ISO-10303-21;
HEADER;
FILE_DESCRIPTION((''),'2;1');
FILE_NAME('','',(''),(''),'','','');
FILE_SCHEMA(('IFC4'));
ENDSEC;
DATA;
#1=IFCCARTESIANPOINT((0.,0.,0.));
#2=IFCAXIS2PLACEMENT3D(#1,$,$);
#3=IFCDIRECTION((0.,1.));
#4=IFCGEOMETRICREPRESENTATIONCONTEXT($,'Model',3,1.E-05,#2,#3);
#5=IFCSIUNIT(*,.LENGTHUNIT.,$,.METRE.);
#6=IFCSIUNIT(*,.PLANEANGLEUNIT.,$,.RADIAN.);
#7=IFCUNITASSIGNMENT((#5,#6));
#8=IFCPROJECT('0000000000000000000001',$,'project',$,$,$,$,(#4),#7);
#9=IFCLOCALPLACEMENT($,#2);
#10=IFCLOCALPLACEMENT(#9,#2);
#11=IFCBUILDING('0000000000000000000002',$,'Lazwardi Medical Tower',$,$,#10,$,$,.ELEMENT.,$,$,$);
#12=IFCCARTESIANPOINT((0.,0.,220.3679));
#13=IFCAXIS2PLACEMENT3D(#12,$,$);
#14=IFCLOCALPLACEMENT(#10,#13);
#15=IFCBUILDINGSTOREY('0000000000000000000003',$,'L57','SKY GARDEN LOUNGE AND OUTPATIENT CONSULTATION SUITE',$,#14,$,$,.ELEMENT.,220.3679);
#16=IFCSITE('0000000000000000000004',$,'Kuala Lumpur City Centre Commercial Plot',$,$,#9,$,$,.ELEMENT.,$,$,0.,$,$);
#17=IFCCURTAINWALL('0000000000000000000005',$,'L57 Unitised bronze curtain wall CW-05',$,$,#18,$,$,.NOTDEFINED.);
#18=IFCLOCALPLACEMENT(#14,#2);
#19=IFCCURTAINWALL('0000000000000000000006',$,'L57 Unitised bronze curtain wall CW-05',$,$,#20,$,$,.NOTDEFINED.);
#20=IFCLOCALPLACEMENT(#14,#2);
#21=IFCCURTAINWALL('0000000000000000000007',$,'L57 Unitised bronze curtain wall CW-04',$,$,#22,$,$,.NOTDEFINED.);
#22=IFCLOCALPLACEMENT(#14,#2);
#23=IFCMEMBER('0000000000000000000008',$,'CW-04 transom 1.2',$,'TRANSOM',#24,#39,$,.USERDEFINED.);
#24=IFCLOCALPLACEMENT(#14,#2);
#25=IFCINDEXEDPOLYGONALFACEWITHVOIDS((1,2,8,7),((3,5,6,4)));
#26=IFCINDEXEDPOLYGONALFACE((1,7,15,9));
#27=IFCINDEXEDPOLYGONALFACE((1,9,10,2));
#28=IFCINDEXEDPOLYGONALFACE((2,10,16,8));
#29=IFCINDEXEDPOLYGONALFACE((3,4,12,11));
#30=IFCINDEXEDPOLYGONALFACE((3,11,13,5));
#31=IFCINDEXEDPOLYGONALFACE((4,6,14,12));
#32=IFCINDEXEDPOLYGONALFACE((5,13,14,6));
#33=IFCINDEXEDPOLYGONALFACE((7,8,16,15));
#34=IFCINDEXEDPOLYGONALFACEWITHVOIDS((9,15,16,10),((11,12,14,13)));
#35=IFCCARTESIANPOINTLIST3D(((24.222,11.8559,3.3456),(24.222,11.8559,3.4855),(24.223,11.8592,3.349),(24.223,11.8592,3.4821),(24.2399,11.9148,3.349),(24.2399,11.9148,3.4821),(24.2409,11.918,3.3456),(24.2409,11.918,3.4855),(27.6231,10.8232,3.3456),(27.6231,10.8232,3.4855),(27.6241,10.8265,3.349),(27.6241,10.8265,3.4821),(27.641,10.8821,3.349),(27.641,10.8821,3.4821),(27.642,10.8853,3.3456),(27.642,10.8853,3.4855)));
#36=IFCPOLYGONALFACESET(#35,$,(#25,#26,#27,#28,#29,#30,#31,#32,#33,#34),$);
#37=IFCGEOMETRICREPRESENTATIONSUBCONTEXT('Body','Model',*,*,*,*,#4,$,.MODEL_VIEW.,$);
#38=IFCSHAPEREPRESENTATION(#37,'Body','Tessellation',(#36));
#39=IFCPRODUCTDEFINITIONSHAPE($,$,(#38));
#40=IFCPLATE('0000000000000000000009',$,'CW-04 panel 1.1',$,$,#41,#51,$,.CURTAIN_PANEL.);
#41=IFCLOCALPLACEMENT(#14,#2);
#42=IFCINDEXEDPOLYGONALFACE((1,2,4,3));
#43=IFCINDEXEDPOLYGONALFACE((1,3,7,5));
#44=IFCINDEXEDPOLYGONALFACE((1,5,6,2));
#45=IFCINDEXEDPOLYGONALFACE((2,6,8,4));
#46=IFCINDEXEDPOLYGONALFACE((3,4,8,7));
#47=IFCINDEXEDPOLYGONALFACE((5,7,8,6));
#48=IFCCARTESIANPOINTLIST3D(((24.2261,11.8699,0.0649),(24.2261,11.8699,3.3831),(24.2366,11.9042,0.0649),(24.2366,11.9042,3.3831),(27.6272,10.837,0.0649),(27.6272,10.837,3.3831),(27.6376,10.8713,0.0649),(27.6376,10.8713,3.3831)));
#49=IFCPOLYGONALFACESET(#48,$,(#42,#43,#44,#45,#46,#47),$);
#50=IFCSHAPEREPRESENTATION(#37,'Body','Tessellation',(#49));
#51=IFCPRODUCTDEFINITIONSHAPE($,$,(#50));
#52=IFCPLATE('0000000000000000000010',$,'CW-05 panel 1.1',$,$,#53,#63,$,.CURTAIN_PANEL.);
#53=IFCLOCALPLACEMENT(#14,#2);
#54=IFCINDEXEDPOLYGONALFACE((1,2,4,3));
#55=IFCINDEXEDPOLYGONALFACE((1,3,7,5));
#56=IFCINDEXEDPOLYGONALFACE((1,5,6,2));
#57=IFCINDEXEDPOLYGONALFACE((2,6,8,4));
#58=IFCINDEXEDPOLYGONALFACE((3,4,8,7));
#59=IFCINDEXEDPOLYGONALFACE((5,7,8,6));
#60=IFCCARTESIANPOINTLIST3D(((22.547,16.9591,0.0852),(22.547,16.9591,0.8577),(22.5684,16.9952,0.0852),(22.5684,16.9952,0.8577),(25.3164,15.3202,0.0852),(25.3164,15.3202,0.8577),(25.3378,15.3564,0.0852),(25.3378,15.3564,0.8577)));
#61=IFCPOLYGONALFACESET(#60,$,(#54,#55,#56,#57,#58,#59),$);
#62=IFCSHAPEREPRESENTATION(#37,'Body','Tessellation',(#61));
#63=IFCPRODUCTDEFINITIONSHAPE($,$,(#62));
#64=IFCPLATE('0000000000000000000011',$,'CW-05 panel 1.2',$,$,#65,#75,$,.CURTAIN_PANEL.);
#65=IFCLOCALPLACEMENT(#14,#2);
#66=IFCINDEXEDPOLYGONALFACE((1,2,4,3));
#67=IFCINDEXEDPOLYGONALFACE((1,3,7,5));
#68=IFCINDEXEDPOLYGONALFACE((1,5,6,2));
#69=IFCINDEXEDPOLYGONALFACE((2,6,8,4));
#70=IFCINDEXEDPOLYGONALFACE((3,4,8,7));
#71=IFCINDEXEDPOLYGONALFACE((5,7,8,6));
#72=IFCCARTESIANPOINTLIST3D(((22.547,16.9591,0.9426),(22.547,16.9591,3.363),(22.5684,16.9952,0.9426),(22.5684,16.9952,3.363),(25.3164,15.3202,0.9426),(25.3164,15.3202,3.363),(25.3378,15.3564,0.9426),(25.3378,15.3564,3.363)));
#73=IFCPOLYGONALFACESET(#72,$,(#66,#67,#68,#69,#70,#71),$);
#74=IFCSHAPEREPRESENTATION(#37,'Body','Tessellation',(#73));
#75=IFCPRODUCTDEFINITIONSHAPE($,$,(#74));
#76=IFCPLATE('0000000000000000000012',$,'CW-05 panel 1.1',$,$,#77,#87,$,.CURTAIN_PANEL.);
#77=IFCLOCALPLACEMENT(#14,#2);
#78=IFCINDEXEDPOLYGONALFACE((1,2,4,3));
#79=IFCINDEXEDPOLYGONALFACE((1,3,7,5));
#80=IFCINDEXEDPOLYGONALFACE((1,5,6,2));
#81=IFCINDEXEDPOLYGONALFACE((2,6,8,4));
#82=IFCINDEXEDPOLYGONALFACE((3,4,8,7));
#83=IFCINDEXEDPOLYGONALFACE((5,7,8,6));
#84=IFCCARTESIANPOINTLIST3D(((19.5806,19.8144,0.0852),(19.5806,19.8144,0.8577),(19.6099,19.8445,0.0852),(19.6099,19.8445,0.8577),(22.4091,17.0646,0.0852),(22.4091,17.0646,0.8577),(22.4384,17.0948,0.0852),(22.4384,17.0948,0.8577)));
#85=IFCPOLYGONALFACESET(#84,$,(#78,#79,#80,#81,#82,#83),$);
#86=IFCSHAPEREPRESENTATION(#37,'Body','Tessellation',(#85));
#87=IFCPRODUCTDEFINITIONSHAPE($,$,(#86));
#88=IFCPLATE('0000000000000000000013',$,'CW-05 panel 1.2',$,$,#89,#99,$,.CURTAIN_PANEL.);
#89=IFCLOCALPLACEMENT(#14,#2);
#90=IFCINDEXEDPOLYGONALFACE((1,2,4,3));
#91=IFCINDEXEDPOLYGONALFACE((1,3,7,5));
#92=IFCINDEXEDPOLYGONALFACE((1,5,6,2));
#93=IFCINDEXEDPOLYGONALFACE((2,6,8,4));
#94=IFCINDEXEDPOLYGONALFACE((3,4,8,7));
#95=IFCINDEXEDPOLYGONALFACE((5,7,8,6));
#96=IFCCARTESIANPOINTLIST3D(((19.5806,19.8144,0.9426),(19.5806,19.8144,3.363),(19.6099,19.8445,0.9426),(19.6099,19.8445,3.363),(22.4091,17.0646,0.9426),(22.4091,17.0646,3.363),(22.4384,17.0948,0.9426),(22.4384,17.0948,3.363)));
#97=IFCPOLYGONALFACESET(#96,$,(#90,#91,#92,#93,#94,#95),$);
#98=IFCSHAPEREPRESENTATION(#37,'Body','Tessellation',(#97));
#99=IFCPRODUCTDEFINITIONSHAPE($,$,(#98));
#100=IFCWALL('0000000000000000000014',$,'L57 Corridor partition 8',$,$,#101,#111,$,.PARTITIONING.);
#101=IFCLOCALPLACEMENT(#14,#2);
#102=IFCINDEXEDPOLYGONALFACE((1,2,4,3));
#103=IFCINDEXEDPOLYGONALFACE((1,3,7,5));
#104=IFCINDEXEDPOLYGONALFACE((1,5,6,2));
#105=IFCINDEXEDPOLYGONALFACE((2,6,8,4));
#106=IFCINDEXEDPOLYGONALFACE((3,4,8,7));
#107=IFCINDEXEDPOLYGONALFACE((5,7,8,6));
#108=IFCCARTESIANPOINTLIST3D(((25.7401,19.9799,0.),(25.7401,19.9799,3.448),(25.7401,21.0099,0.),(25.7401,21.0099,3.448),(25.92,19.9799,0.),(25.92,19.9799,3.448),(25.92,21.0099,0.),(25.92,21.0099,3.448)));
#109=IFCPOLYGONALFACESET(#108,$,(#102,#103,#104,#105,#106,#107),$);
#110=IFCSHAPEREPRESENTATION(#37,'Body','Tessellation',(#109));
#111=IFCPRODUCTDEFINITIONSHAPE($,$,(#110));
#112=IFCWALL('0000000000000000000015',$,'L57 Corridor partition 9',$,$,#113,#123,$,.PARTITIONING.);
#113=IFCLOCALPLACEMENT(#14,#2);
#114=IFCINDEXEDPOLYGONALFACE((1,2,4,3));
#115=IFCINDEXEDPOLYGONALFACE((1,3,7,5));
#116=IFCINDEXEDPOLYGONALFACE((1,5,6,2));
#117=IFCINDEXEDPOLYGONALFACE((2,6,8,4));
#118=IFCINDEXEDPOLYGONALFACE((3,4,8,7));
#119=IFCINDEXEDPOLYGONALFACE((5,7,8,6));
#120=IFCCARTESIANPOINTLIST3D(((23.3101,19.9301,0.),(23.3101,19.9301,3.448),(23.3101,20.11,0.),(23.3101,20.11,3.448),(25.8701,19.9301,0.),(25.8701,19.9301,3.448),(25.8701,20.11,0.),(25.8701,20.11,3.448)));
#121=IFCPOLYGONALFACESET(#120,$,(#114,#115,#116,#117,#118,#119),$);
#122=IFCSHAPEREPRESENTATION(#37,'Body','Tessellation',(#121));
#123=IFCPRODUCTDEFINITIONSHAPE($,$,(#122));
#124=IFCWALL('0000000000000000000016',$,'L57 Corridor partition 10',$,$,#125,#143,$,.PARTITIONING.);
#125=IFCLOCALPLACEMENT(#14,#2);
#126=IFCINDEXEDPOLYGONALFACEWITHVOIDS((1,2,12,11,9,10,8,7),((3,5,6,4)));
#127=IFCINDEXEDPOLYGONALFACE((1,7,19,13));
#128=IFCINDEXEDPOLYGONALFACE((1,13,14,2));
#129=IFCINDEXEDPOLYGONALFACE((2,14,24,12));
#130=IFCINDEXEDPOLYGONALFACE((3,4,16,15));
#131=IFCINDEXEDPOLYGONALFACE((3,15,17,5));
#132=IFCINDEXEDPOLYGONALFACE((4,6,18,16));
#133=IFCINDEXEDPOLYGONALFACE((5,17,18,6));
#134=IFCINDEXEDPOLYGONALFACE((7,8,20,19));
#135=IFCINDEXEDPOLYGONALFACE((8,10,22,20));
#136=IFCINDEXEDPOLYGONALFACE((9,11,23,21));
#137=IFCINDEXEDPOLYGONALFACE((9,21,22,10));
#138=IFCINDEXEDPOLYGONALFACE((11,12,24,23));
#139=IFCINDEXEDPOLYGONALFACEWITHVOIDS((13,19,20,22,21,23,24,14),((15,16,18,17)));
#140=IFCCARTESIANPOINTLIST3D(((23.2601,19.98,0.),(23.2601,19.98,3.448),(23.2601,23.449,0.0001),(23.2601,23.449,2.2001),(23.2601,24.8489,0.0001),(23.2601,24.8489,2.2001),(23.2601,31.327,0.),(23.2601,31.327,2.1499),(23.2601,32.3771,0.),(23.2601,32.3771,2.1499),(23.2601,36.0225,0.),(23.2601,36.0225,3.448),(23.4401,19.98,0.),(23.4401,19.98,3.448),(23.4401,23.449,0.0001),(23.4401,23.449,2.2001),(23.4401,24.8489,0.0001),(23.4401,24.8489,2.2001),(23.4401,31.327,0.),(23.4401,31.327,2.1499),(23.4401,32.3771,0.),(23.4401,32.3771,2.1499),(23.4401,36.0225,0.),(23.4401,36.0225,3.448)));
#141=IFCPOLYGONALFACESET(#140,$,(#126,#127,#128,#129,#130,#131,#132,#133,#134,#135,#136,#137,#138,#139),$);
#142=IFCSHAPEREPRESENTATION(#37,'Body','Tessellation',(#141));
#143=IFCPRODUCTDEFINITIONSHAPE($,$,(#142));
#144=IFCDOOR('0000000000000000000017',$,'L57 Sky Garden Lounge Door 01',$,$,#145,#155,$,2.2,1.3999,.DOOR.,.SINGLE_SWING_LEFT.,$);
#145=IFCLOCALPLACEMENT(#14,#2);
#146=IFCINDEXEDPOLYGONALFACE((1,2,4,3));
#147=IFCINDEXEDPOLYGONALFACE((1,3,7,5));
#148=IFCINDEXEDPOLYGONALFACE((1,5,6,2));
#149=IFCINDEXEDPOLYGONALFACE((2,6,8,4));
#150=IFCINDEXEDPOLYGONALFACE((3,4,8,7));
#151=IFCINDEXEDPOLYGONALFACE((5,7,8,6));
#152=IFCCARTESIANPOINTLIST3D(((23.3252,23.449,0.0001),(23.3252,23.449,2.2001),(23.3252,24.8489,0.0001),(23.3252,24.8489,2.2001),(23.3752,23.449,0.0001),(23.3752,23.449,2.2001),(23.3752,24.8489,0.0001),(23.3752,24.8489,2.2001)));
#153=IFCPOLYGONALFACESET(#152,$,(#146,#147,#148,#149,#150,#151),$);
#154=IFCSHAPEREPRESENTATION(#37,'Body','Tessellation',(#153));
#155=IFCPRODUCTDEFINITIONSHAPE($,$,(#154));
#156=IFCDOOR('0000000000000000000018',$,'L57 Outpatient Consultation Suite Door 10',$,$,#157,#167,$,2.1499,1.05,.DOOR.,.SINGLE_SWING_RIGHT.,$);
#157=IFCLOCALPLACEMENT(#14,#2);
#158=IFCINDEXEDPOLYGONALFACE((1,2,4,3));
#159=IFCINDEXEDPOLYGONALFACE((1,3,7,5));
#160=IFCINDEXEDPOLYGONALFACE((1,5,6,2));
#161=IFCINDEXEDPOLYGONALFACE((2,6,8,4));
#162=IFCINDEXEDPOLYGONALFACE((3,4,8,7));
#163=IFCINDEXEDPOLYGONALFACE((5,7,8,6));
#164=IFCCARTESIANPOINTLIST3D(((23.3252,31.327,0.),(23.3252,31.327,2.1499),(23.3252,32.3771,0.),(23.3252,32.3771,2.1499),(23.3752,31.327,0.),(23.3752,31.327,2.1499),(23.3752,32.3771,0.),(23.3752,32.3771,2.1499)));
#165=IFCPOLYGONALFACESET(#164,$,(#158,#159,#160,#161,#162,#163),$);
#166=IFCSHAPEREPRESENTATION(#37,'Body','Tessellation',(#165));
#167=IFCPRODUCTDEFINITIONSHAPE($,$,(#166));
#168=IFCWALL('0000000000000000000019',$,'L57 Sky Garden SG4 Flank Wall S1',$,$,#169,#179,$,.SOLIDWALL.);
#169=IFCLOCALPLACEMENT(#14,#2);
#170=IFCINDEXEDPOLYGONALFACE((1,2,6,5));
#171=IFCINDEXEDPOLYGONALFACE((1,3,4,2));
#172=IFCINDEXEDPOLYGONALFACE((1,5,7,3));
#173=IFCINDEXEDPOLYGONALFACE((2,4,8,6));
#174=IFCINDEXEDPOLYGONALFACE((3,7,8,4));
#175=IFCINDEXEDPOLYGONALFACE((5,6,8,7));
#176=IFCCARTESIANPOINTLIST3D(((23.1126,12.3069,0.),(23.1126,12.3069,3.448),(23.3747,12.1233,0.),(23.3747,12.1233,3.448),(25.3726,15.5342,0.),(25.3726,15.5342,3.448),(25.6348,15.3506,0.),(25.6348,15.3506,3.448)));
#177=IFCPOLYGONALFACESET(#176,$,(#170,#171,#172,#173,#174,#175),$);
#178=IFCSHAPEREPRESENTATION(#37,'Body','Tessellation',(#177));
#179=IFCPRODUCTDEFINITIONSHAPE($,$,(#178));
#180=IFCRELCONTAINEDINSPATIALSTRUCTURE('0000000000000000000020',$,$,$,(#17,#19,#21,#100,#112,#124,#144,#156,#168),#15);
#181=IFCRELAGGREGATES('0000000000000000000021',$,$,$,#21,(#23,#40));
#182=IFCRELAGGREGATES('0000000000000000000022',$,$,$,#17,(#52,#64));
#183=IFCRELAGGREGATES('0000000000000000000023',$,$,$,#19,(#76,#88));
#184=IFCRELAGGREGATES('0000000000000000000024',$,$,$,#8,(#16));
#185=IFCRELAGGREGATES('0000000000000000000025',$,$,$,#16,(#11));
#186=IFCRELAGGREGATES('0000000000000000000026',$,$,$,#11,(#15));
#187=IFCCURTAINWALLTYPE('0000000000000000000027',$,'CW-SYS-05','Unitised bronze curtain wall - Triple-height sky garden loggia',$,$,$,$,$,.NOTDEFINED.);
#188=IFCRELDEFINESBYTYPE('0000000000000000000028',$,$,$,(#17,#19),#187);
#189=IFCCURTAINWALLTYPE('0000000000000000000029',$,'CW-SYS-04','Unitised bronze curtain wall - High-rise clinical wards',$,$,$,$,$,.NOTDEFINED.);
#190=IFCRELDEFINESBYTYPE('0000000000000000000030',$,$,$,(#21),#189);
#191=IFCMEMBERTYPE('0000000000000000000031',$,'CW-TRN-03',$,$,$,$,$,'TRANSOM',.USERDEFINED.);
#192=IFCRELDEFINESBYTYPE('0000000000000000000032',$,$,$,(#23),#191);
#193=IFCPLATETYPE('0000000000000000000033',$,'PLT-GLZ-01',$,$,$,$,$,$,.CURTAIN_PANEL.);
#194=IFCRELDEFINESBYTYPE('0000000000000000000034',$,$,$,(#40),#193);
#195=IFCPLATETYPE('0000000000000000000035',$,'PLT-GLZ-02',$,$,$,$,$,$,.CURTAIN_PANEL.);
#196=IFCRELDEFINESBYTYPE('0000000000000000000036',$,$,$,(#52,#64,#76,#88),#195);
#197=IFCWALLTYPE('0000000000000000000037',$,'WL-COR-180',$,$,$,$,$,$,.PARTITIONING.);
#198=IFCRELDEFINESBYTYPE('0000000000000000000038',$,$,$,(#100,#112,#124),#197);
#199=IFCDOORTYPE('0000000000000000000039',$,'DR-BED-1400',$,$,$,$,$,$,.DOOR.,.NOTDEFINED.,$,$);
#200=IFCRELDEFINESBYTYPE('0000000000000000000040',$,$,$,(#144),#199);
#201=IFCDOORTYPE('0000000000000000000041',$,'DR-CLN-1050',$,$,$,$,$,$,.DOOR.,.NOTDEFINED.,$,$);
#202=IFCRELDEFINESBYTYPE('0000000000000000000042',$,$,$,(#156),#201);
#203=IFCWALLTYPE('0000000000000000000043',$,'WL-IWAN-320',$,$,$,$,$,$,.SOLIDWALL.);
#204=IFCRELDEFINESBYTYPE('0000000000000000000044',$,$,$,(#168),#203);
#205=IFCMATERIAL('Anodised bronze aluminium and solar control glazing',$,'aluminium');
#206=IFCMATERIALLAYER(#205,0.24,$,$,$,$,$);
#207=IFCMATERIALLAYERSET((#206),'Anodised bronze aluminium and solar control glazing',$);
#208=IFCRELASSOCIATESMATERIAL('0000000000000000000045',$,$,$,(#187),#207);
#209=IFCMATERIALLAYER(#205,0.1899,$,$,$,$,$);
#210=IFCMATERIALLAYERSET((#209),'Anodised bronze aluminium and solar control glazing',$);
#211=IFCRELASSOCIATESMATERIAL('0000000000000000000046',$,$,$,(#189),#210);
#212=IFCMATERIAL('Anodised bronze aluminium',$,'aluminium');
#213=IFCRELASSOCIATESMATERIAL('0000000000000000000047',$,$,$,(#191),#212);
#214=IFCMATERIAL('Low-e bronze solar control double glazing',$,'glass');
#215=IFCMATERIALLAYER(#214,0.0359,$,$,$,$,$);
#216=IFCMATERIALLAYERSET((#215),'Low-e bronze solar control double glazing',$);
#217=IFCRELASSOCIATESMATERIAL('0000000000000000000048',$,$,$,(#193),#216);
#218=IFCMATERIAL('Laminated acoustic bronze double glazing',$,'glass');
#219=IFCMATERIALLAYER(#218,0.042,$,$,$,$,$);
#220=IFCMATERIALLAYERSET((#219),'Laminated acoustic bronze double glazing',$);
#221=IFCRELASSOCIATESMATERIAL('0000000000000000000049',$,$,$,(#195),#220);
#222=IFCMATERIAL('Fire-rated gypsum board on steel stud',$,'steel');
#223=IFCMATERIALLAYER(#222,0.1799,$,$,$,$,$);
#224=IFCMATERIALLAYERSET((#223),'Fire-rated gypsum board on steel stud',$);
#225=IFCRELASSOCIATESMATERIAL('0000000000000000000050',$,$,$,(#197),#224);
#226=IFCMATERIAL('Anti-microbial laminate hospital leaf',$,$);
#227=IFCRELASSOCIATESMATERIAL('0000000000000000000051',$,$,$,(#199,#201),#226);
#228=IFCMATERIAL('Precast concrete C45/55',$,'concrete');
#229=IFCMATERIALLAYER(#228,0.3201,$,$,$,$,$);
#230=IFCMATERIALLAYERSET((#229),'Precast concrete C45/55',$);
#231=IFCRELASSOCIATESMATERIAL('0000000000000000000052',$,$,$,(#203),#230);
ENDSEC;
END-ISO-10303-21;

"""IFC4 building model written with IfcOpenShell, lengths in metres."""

from ifc_helpers import new_model, si_unit, direction, frame, frame_2d, origin, origin_2d, place, context, subcontext, project, spatial, rectangle, hollow_rectangle, extrude, material, layer, layer_set, material_profile, profile_set, type_object, element, fill, aggregate, save


model = new_model("IFC4")

# Units and contexts
model_context = context("Model", 3, precision=1e-05, world=origin(), true_north=direction((0.0, 1.0)))
body_context = subcontext(model_context, "Body", "Model", "MODEL_VIEW")
ifc_project = project(units=[si_unit("LENGTHUNIT", "METRE"), si_unit("PLANEANGLEUNIT", "RADIAN")], contexts=[model_context])

# Site, building, storey
site_placement = place(None, origin())
site = spatial("IfcSite", under=ifc_project, at=site_placement, Name="Kuala Lumpur City Centre Commercial Plot", CompositionType="ELEMENT", RefElevation=0.0)
building_placement = place(site_placement, origin())
building = spatial("IfcBuilding", under=site, at=building_placement, Name="Lazwardi Medical Tower", CompositionType="ELEMENT")
storey_placement = place(building_placement, frame((0.0, 0.0, 220.3679)))
storey = spatial("IfcBuildingStorey", under=building, at=storey_placement, Name="L57", Description="SKY GARDEN LOUNGE AND OUTPATIENT CONSULTATION SUITE", CompositionType="ELEMENT", Elevation=220.3679)

# Curtain wall
ifc_material_1 = material(Name="Anodised bronze aluminium and solar control glazing", Category="aluminium")
ifc_layer_1 = layer(ifc_material_1, 0.24)
ifc_layer_set_1 = layer_set([ifc_layer_1], Name="Anodised bronze aluminium and solar control glazing")
curtain_wall_type_1 = type_object("IfcCurtainWallType", Name="CW-SYS-05", Description="Unitised bronze curtain wall - Triple-height sky garden loggia", PredefinedType="NOTDEFINED", material=ifc_layer_set_1)
curtain_wall_1_placement = place(storey_placement, origin())
curtain_wall_1 = element("IfcCurtainWall", 1, at=curtain_wall_1_placement, inside=storey, type_object=curtain_wall_type_1, Name="L57 Unitised bronze curtain wall CW-05", PredefinedType="NOTDEFINED")
ifc_material_2 = material(Name="Anodised bronze aluminium", Category="aluminium")

# Curtain walls
curtain_wall_2_placement = place(storey_placement, origin())
curtain_wall_2 = element("IfcCurtainWall", 2, at=curtain_wall_2_placement, inside=storey, type_object=curtain_wall_type_1, Name="L57 Unitised bronze curtain wall CW-05", PredefinedType="NOTDEFINED")
ifc_layer_2 = layer(ifc_material_1, 0.1899)
ifc_layer_set_2 = layer_set([ifc_layer_2], Name="Anodised bronze aluminium and solar control glazing")
curtain_wall_type_2 = type_object("IfcCurtainWallType", Name="CW-SYS-04", Description="Unitised bronze curtain wall - High-rise clinical wards", PredefinedType="NOTDEFINED", material=ifc_layer_set_2)
curtain_wall_3_placement = place(storey_placement, origin())
curtain_wall_3 = element("IfcCurtainWall", 3, at=curtain_wall_3_placement, inside=storey, type_object=curtain_wall_type_2, Name="L57 Unitised bronze curtain wall CW-04", PredefinedType="NOTDEFINED")

# Member
ifc_material_profile_1 = material_profile(ifc_material_2, hollow_rectangle(XDim=0.0649, YDim=0.1399, WallThickness=0.0034, at=origin_2d()), Name="ALU-TRANSOM 140x65x3.5")
ifc_profile_set_1 = profile_set([ifc_material_profile_1], Name="Anodised bronze aluminium")
member_type_1 = type_object("IfcMemberType", Name="CW-TRN-03", ElementType="TRANSOM", PredefinedType="USERDEFINED", material=ifc_profile_set_1)
member_1_placement = place(storey_placement, frame((24.2314, 11.887, 3.4155), z_axis=(0.956863, -0.290541, 0.0), x_axis=(0.290541, 0.956863, 0.0)))
member_1 = element("IfcMember", 4, at=member_1_placement, type_object=member_type_1, Name="CW-04 transom 1.2", ObjectType="TRANSOM", PredefinedType="USERDEFINED", context=body_context, shape_type="SweptSolid", body=[
    extrude(hollow_rectangle(XDim=0.0649, YDim=0.1399, WallThickness=0.0034, at=origin_2d()), origin(), (0.0, 0.0, 1.0), 3.5544),
])

# Plates
ifc_material_3 = material(Name="Low-e bronze solar control double glazing", Category="glass")
ifc_layer_3 = layer(ifc_material_3, 0.0359)
ifc_layer_set_3 = layer_set([ifc_layer_3], Name="Low-e bronze solar control double glazing")
plate_type_1 = type_object("IfcPlateType", Name="PLT-GLZ-01", PredefinedType="CURTAIN_PANEL", material=ifc_layer_set_3)
plate_1_placement = place(storey_placement, frame((25.9319, 11.3706, 0.0649), z_axis=(0.0, 0.0, 1.0), x_axis=(0.95685, -0.290582, 0.0)))
plate_1 = element("IfcPlate", 5, at=plate_1_placement, type_object=plate_type_1, Name="CW-04 panel 1.1", PredefinedType="CURTAIN_PANEL", context=body_context, shape_type="SweptSolid", body=[
    extrude(rectangle(XDim=3.5544, YDim=0.0359, at=origin_2d()), origin(), (0.0, 0.0, 1.0), 3.3181),
])
aggregate(curtain_wall_3, [member_1, plate_1])
ifc_material_4 = material(Name="Laminated acoustic bronze double glazing", Category="glass")
ifc_layer_4 = layer(ifc_material_4, 0.042)
ifc_layer_set_4 = layer_set([ifc_layer_4], Name="Laminated acoustic bronze double glazing")
plate_type_2 = type_object("IfcPlateType", Name="PLT-GLZ-02", PredefinedType="CURTAIN_PANEL", material=ifc_layer_set_4)
plate_2_placement = place(storey_placement, frame((23.9424, 16.1577, 0.0852), z_axis=(0.0, 0.0, 1.0), x_axis=(0.860605, -0.509273, 0.0)))
plate_2 = element("IfcPlate", 6, at=plate_2_placement, type_object=plate_type_2, Name="CW-05 panel 1.1", PredefinedType="CURTAIN_PANEL", context=body_context, shape_type="SweptSolid", body=[
    extrude(rectangle(XDim=3.218, YDim=0.042, at=origin_2d()), origin(), (0.0, 0.0, 1.0), 0.7725),
])
plate_3_placement = place(storey_placement, frame((23.9424, 16.1577, 0.9426), z_axis=(0.0, 0.0, 1.0), x_axis=(0.860605, -0.509273, 0.0)))
plate_3 = element("IfcPlate", 7, at=plate_3_placement, type_object=plate_type_2, Name="CW-05 panel 1.2", PredefinedType="CURTAIN_PANEL", context=body_context, shape_type="SweptSolid", body=[
    extrude(rectangle(XDim=3.218, YDim=0.042, at=origin_2d()), origin(), (0.0, 0.0, 1.0), 2.4204),
])
aggregate(curtain_wall_1, [plate_2, plate_3])
plate_4_placement = place(storey_placement, frame((21.0095, 18.4546, 0.0852), z_axis=(0.0, 0.0, 1.0), x_axis=(0.717012, -0.69706, 0.0)))
plate_4 = element("IfcPlate", 8, at=plate_4_placement, type_object=plate_type_2, Name="CW-05 panel 1.1", PredefinedType="CURTAIN_PANEL", context=body_context, shape_type="SweptSolid", body=[
    extrude(rectangle(XDim=3.9448, YDim=0.042, at=origin_2d()), origin(), (0.0, 0.0, 1.0), 0.7725),
])
plate_5_placement = place(storey_placement, frame((21.0095, 18.4546, 0.9426), z_axis=(0.0, 0.0, 1.0), x_axis=(0.717012, -0.69706, 0.0)))
plate_5 = element("IfcPlate", 9, at=plate_5_placement, type_object=plate_type_2, Name="CW-05 panel 1.2", PredefinedType="CURTAIN_PANEL", context=body_context, shape_type="SweptSolid", body=[
    extrude(rectangle(XDim=3.9448, YDim=0.042, at=origin_2d()), origin(), (0.0, 0.0, 1.0), 2.4204),
])
aggregate(curtain_wall_2, [plate_4, plate_5])

# Walls
ifc_material_5 = material(Name="Fire-rated gypsum board on steel stud", Category="steel")
ifc_layer_5 = layer(ifc_material_5, 0.1799)
ifc_layer_set_5 = layer_set([ifc_layer_5], Name="Fire-rated gypsum board on steel stud")
wall_type_1 = type_object("IfcWallType", Name="WL-COR-180", PredefinedType="PARTITIONING", material=ifc_layer_set_5)
wall_1_placement = place(storey_placement, frame((25.8301, 21.01, 0.0), z_axis=(0.0, 0.0, 1.0), x_axis=(0.0, -1.0, 0.0)))
element("IfcWall", 10, at=wall_1_placement, inside=storey, type_object=wall_type_1, Name="L57 Corridor partition 8", PredefinedType="PARTITIONING", context=body_context, shape_type="SweptSolid", body=[
    extrude(rectangle(XDim=1.03, YDim=0.1799, at=frame_2d((0.5151, 0.0))), origin(), (0.0, 0.0, 1.0), 3.448),
])
wall_2_placement = place(storey_placement, frame((25.8701, 20.02, 0.0), z_axis=(0.0, 0.0, 1.0), x_axis=(-1.0, 0.0, 0.0)))
element("IfcWall", 11, at=wall_2_placement, inside=storey, type_object=wall_type_1, Name="L57 Corridor partition 9", PredefinedType="PARTITIONING", context=body_context, shape_type="SweptSolid", body=[
    extrude(rectangle(XDim=2.5601, YDim=0.1799, at=frame_2d((1.28, 0.0))), origin(), (0.0, 0.0, 1.0), 3.448),
])

# Wall, openings, doors
wall_3_placement = place(storey_placement, frame((23.3501, 19.98, 0.0), z_axis=(0.0, 0.0, 1.0), x_axis=(0.0, 1.0, 0.0)))
wall_3 = element("IfcWall", 12, at=wall_3_placement, inside=storey, type_object=wall_type_1, Name="L57 Corridor partition 10", PredefinedType="PARTITIONING", context=body_context, shape_type="SweptSolid", body=[
    extrude(rectangle(XDim=16.0425, YDim=0.1799, at=frame_2d((8.0212, 0.0))), origin(), (0.0, 0.0, 1.0), 3.448),
])
opening_1_placement = place(wall_3_placement, frame((3.469, 0.0, 0.0)))
opening_1 = element("IfcOpeningElement", 13, at=opening_1_placement, cuts=wall_3, PredefinedType="OPENING", context=body_context, shape_type="SweptSolid", body=[
    extrude(rectangle(XDim=1.3999, YDim=2.2, at=frame_2d((0.7, 1.1001))), frame((0.0, 0.0999, 0.0), z_axis=(0.0, -1.0, 0.0), x_axis=(1.0, 0.0, 0.0)), (0.0, 0.0, 1.0), 0.2),
])
opening_2_placement = place(wall_3_placement, frame((11.3472, 0.0, 0.0)))
opening_2 = element("IfcOpeningElement", 14, at=opening_2_placement, cuts=wall_3, PredefinedType="OPENING", context=body_context, shape_type="SweptSolid", body=[
    extrude(rectangle(XDim=1.05, YDim=2.1499, at=frame_2d((0.5249, 1.075))), frame((0.0, 0.0999, 0.0), z_axis=(0.0, -1.0, 0.0), x_axis=(1.0, 0.0, 0.0)), (0.0, 0.0, 1.0), 0.2),
])
ifc_material_6 = material(Name="Anti-microbial laminate hospital leaf")
door_type_1 = type_object("IfcDoorType", Name="DR-BED-1400", OperationType="NOTDEFINED", PredefinedType="DOOR", material=ifc_material_6)
door_1_placement = place(opening_1_placement, origin())
door_1 = element("IfcDoor", 15, at=door_1_placement, inside=storey, type_object=door_type_1, Name="L57 Sky Garden Lounge Door 01", OperationType="SINGLE_SWING_LEFT", OverallHeight=2.2, OverallWidth=1.3999, PredefinedType="DOOR", context=body_context, shape_type="SweptSolid", body=[
    extrude(rectangle(XDim=1.3999, YDim=2.2, at=frame_2d((0.7, 1.1001))), frame((0.0, 0.0249, 0.0), z_axis=(0.0, -1.0, 0.0), x_axis=(1.0, 0.0, 0.0)), (0.0, 0.0, 1.0), 0.05),
])
fill(opening_1, door_1)
door_type_2 = type_object("IfcDoorType", Name="DR-CLN-1050", OperationType="NOTDEFINED", PredefinedType="DOOR", material=ifc_material_6)
door_2_placement = place(opening_2_placement, origin())
door_2 = element("IfcDoor", 16, at=door_2_placement, inside=storey, type_object=door_type_2, Name="L57 Outpatient Consultation Suite Door 10", OperationType="SINGLE_SWING_RIGHT", OverallHeight=2.1499, OverallWidth=1.05, PredefinedType="DOOR", context=body_context, shape_type="SweptSolid", body=[
    extrude(rectangle(XDim=1.05, YDim=2.1499, at=frame_2d((0.5249, 1.075))), frame((0.0, 0.0249, 0.0), z_axis=(0.0, -1.0, 0.0), x_axis=(1.0, 0.0, 0.0)), (0.0, 0.0, 1.0), 0.05),
])
fill(opening_2, door_2)

# Wall
ifc_material_7 = material(Name="Precast concrete C45/55", Category="concrete")
ifc_layer_6 = layer(ifc_material_7, 0.3201)
ifc_layer_set_6 = layer_set([ifc_layer_6], Name="Precast concrete C45/55")
wall_type_2 = type_object("IfcWallType", Name="WL-IWAN-320", PredefinedType="SOLIDWALL", material=ifc_layer_set_6)
wall_4_placement = place(storey_placement, frame((23.2437, 12.2151, 0.0), z_axis=(0.0, 0.0, 1.0), x_axis=(0.573616, 0.819124, 0.0)))
element("IfcWall", 17, at=wall_4_placement, inside=storey, type_object=wall_type_2, Name="L57 Sky Garden SG4 Flank Wall S1", PredefinedType="SOLIDWALL", context=body_context, shape_type="SweptSolid", body=[
    extrude(rectangle(XDim=3.9399, YDim=0.3201, at=frame_2d((1.97, 0.0))), origin(), (0.0, 0.0, 1.0), 3.448),
])

save(model, "model.ifc")
